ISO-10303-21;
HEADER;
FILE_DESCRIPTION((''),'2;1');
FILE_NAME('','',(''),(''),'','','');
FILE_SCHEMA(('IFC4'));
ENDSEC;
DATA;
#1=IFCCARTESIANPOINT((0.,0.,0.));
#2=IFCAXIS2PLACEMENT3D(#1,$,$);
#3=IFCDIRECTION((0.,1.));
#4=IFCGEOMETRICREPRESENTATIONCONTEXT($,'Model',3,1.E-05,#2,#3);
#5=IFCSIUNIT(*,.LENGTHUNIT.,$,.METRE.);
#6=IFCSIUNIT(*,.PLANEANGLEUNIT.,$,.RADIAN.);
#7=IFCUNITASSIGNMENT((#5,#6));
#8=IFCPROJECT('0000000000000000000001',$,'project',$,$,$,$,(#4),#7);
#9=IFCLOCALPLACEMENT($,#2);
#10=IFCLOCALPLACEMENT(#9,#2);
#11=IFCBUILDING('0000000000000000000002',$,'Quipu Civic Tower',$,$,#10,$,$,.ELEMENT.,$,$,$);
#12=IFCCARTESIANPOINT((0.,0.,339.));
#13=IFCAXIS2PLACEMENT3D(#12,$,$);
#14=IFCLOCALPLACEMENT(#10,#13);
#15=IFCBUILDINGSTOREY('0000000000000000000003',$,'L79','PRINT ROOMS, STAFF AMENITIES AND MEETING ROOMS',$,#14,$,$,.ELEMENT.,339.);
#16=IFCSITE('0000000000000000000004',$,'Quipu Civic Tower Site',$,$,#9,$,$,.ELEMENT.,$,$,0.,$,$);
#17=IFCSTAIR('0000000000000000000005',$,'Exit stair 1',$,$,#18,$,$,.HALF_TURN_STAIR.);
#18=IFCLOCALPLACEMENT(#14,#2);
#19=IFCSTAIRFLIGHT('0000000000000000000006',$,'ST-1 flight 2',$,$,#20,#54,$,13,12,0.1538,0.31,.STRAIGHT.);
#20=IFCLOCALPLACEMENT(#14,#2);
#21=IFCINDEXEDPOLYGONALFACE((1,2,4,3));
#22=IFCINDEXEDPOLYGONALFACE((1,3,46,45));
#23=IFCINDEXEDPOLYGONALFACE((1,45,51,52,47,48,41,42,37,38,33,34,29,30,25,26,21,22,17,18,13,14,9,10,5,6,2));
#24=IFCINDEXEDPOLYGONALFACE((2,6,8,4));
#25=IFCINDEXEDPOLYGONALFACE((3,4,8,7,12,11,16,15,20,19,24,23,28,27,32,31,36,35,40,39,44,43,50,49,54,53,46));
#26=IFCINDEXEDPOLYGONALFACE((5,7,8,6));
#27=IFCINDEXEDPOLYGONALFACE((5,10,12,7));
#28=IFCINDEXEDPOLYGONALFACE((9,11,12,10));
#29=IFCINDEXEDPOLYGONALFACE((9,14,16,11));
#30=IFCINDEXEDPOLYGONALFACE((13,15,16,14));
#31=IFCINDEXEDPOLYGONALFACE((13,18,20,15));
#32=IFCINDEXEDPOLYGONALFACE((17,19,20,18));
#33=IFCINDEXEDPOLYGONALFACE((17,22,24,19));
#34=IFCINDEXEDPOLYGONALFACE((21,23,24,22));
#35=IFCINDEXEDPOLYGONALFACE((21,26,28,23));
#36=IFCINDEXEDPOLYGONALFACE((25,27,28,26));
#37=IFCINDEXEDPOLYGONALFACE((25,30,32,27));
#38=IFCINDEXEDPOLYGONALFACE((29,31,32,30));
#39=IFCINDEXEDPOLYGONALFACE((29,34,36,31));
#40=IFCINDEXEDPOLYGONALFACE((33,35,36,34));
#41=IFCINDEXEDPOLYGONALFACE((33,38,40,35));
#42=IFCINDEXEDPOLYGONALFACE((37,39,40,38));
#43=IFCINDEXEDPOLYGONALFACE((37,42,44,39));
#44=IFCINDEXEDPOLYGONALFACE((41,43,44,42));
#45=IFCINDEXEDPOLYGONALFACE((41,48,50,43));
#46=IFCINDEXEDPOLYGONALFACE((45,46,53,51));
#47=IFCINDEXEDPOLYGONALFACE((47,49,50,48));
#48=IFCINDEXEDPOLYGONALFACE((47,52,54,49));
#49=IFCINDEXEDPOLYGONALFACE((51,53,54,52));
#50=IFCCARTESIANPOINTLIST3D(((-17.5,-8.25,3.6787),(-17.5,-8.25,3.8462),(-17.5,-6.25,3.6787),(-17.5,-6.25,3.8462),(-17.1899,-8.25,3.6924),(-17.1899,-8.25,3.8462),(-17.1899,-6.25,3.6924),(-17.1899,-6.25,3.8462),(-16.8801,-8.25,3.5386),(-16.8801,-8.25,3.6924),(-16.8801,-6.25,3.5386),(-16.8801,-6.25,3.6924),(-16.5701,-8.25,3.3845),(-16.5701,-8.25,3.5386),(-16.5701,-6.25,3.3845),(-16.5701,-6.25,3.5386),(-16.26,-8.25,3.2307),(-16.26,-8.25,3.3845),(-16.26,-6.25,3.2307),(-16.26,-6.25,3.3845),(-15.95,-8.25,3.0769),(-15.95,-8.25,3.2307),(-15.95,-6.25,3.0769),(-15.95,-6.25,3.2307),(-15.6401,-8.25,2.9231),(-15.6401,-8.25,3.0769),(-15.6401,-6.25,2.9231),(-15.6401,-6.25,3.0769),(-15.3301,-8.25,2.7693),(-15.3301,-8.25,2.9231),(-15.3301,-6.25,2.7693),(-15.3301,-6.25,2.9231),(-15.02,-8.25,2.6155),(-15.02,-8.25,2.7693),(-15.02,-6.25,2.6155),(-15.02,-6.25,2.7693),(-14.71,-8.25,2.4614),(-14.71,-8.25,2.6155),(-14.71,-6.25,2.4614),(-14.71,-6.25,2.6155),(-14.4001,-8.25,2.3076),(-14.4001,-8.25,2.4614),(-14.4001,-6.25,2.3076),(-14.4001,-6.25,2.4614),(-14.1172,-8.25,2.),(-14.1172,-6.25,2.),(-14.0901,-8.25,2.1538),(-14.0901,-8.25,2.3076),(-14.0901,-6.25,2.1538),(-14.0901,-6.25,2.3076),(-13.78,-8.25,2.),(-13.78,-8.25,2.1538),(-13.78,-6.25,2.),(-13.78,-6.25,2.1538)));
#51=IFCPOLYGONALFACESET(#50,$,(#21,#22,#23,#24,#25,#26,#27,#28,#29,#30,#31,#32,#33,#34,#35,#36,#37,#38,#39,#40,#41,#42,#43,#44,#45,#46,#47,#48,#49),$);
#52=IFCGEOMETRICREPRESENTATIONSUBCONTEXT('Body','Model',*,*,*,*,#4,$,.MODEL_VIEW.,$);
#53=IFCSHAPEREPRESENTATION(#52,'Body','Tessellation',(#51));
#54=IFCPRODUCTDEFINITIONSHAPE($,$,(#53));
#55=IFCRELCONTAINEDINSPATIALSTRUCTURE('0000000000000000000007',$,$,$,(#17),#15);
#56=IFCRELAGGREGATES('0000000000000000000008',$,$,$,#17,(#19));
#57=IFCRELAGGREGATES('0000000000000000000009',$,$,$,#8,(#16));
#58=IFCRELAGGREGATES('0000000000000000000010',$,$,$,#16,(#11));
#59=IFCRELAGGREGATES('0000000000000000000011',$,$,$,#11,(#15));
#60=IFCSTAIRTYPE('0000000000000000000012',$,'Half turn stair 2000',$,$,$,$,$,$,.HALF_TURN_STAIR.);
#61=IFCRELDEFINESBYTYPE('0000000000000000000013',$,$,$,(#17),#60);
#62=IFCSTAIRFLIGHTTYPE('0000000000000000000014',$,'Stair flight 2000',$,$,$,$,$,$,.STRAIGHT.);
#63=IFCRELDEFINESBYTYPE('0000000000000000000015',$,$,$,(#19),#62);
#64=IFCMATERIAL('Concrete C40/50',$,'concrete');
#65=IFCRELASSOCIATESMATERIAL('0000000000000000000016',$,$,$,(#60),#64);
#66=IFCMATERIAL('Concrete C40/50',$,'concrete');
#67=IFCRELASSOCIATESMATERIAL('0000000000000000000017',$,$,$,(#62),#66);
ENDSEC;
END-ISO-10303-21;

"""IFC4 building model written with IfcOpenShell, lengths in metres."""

from ifc_helpers import new_model, si_unit, direction, frame, origin, place, context, subcontext, project, spatial, polyline, outline, extrude, material, type_object, element, aggregate, save


model = new_model("IFC4")

# Units and contexts
model_context = context("Model", 3, precision=1e-05, world=origin(), true_north=direction((0.0, 1.0)))
body_context = subcontext(model_context, "Body", "Model", "MODEL_VIEW")
ifc_project = project(units=[si_unit("LENGTHUNIT", "METRE"), si_unit("PLANEANGLEUNIT", "RADIAN")], contexts=[model_context])

# Site, building, storey
site_placement = place(None, origin())
site = spatial("IfcSite", under=ifc_project, at=site_placement, Name="Quipu Civic Tower Site", CompositionType="ELEMENT", RefElevation=0.0)
building_placement = place(site_placement, origin())
building = spatial("IfcBuilding", under=site, at=building_placement, Name="Quipu Civic Tower", CompositionType="ELEMENT")
storey_placement = place(building_placement, frame((0.0, 0.0, 339.0)))
storey = spatial("IfcBuildingStorey", under=building, at=storey_placement, Name="L79", Description="PRINT ROOMS, STAFF AMENITIES AND MEETING ROOMS", CompositionType="ELEMENT", Elevation=339.0)

# Stair, stair flight
ifc_material_1 = material(Name="Concrete C40/50", Category="concrete")
stair_type = type_object("IfcStairType", Name="Half turn stair 2000", PredefinedType="HALF_TURN_STAIR", material=ifc_material_1)
stair_placement = place(storey_placement, origin())
stair = element("IfcStair", 1, at=stair_placement, inside=storey, type_object=stair_type, Name="Exit stair 1", PredefinedType="HALF_TURN_STAIR")
ifc_material_2 = material(Name="Concrete C40/50", Category="concrete")
stair_flight_type = type_object("IfcStairFlightType", Name="Stair flight 2000", PredefinedType="STRAIGHT", material=ifc_material_2)
stair_flight_1_placement = place(storey_placement, frame((-13.78, -7.25, 2.0), z_axis=(0.0, 0.0, 1.0), x_axis=(-1.0, 0.0, 0.0)))
stair_flight_1 = element("IfcStairFlight", 2, at=stair_flight_1_placement, type_object=stair_flight_type, Name="ST-1 flight 2", NumberOfRisers=13, NumberOfTreads=12, PredefinedType="STRAIGHT", RiserHeight=0.1538, TreadLength=0.31, context=body_context, shape_type="SweptSolid", body=[
    extrude(outline(polyline([(0.0, 0.0), (0.0, 0.1538), (0.3101, 0.1538), (0.3101, 0.3076), (0.6201, 0.3076), (0.6201, 0.4614), (0.9299, 0.4614), (0.9299, 0.6155), (1.24, 0.6155), (1.24, 0.7693), (1.55, 0.7693), (1.55, 0.9231), (1.8601, 0.9231), (1.8601, 1.0769), (2.1699, 1.0769), (2.1699, 1.2307), (2.48, 1.2307), (2.48, 1.3845), (2.79, 1.3845), (2.79, 1.5386), (3.1001, 1.5386), (3.1001, 1.6924), (3.4099, 1.6924), (3.4099, 1.8462), (3.72, 1.8462), (3.72, 2.0), (3.72, 1.6787), (0.3372, 0.0), (0.0, 0.0)])), frame((0.0, 1.0, 0.0), z_axis=(0.0, -1.0, 0.0), x_axis=(1.0, 0.0, 0.0)), (0.0, 0.0, 1.0), 2.0),
])
aggregate(stair, [stair_flight_1])

save(model, "model.ifc")
